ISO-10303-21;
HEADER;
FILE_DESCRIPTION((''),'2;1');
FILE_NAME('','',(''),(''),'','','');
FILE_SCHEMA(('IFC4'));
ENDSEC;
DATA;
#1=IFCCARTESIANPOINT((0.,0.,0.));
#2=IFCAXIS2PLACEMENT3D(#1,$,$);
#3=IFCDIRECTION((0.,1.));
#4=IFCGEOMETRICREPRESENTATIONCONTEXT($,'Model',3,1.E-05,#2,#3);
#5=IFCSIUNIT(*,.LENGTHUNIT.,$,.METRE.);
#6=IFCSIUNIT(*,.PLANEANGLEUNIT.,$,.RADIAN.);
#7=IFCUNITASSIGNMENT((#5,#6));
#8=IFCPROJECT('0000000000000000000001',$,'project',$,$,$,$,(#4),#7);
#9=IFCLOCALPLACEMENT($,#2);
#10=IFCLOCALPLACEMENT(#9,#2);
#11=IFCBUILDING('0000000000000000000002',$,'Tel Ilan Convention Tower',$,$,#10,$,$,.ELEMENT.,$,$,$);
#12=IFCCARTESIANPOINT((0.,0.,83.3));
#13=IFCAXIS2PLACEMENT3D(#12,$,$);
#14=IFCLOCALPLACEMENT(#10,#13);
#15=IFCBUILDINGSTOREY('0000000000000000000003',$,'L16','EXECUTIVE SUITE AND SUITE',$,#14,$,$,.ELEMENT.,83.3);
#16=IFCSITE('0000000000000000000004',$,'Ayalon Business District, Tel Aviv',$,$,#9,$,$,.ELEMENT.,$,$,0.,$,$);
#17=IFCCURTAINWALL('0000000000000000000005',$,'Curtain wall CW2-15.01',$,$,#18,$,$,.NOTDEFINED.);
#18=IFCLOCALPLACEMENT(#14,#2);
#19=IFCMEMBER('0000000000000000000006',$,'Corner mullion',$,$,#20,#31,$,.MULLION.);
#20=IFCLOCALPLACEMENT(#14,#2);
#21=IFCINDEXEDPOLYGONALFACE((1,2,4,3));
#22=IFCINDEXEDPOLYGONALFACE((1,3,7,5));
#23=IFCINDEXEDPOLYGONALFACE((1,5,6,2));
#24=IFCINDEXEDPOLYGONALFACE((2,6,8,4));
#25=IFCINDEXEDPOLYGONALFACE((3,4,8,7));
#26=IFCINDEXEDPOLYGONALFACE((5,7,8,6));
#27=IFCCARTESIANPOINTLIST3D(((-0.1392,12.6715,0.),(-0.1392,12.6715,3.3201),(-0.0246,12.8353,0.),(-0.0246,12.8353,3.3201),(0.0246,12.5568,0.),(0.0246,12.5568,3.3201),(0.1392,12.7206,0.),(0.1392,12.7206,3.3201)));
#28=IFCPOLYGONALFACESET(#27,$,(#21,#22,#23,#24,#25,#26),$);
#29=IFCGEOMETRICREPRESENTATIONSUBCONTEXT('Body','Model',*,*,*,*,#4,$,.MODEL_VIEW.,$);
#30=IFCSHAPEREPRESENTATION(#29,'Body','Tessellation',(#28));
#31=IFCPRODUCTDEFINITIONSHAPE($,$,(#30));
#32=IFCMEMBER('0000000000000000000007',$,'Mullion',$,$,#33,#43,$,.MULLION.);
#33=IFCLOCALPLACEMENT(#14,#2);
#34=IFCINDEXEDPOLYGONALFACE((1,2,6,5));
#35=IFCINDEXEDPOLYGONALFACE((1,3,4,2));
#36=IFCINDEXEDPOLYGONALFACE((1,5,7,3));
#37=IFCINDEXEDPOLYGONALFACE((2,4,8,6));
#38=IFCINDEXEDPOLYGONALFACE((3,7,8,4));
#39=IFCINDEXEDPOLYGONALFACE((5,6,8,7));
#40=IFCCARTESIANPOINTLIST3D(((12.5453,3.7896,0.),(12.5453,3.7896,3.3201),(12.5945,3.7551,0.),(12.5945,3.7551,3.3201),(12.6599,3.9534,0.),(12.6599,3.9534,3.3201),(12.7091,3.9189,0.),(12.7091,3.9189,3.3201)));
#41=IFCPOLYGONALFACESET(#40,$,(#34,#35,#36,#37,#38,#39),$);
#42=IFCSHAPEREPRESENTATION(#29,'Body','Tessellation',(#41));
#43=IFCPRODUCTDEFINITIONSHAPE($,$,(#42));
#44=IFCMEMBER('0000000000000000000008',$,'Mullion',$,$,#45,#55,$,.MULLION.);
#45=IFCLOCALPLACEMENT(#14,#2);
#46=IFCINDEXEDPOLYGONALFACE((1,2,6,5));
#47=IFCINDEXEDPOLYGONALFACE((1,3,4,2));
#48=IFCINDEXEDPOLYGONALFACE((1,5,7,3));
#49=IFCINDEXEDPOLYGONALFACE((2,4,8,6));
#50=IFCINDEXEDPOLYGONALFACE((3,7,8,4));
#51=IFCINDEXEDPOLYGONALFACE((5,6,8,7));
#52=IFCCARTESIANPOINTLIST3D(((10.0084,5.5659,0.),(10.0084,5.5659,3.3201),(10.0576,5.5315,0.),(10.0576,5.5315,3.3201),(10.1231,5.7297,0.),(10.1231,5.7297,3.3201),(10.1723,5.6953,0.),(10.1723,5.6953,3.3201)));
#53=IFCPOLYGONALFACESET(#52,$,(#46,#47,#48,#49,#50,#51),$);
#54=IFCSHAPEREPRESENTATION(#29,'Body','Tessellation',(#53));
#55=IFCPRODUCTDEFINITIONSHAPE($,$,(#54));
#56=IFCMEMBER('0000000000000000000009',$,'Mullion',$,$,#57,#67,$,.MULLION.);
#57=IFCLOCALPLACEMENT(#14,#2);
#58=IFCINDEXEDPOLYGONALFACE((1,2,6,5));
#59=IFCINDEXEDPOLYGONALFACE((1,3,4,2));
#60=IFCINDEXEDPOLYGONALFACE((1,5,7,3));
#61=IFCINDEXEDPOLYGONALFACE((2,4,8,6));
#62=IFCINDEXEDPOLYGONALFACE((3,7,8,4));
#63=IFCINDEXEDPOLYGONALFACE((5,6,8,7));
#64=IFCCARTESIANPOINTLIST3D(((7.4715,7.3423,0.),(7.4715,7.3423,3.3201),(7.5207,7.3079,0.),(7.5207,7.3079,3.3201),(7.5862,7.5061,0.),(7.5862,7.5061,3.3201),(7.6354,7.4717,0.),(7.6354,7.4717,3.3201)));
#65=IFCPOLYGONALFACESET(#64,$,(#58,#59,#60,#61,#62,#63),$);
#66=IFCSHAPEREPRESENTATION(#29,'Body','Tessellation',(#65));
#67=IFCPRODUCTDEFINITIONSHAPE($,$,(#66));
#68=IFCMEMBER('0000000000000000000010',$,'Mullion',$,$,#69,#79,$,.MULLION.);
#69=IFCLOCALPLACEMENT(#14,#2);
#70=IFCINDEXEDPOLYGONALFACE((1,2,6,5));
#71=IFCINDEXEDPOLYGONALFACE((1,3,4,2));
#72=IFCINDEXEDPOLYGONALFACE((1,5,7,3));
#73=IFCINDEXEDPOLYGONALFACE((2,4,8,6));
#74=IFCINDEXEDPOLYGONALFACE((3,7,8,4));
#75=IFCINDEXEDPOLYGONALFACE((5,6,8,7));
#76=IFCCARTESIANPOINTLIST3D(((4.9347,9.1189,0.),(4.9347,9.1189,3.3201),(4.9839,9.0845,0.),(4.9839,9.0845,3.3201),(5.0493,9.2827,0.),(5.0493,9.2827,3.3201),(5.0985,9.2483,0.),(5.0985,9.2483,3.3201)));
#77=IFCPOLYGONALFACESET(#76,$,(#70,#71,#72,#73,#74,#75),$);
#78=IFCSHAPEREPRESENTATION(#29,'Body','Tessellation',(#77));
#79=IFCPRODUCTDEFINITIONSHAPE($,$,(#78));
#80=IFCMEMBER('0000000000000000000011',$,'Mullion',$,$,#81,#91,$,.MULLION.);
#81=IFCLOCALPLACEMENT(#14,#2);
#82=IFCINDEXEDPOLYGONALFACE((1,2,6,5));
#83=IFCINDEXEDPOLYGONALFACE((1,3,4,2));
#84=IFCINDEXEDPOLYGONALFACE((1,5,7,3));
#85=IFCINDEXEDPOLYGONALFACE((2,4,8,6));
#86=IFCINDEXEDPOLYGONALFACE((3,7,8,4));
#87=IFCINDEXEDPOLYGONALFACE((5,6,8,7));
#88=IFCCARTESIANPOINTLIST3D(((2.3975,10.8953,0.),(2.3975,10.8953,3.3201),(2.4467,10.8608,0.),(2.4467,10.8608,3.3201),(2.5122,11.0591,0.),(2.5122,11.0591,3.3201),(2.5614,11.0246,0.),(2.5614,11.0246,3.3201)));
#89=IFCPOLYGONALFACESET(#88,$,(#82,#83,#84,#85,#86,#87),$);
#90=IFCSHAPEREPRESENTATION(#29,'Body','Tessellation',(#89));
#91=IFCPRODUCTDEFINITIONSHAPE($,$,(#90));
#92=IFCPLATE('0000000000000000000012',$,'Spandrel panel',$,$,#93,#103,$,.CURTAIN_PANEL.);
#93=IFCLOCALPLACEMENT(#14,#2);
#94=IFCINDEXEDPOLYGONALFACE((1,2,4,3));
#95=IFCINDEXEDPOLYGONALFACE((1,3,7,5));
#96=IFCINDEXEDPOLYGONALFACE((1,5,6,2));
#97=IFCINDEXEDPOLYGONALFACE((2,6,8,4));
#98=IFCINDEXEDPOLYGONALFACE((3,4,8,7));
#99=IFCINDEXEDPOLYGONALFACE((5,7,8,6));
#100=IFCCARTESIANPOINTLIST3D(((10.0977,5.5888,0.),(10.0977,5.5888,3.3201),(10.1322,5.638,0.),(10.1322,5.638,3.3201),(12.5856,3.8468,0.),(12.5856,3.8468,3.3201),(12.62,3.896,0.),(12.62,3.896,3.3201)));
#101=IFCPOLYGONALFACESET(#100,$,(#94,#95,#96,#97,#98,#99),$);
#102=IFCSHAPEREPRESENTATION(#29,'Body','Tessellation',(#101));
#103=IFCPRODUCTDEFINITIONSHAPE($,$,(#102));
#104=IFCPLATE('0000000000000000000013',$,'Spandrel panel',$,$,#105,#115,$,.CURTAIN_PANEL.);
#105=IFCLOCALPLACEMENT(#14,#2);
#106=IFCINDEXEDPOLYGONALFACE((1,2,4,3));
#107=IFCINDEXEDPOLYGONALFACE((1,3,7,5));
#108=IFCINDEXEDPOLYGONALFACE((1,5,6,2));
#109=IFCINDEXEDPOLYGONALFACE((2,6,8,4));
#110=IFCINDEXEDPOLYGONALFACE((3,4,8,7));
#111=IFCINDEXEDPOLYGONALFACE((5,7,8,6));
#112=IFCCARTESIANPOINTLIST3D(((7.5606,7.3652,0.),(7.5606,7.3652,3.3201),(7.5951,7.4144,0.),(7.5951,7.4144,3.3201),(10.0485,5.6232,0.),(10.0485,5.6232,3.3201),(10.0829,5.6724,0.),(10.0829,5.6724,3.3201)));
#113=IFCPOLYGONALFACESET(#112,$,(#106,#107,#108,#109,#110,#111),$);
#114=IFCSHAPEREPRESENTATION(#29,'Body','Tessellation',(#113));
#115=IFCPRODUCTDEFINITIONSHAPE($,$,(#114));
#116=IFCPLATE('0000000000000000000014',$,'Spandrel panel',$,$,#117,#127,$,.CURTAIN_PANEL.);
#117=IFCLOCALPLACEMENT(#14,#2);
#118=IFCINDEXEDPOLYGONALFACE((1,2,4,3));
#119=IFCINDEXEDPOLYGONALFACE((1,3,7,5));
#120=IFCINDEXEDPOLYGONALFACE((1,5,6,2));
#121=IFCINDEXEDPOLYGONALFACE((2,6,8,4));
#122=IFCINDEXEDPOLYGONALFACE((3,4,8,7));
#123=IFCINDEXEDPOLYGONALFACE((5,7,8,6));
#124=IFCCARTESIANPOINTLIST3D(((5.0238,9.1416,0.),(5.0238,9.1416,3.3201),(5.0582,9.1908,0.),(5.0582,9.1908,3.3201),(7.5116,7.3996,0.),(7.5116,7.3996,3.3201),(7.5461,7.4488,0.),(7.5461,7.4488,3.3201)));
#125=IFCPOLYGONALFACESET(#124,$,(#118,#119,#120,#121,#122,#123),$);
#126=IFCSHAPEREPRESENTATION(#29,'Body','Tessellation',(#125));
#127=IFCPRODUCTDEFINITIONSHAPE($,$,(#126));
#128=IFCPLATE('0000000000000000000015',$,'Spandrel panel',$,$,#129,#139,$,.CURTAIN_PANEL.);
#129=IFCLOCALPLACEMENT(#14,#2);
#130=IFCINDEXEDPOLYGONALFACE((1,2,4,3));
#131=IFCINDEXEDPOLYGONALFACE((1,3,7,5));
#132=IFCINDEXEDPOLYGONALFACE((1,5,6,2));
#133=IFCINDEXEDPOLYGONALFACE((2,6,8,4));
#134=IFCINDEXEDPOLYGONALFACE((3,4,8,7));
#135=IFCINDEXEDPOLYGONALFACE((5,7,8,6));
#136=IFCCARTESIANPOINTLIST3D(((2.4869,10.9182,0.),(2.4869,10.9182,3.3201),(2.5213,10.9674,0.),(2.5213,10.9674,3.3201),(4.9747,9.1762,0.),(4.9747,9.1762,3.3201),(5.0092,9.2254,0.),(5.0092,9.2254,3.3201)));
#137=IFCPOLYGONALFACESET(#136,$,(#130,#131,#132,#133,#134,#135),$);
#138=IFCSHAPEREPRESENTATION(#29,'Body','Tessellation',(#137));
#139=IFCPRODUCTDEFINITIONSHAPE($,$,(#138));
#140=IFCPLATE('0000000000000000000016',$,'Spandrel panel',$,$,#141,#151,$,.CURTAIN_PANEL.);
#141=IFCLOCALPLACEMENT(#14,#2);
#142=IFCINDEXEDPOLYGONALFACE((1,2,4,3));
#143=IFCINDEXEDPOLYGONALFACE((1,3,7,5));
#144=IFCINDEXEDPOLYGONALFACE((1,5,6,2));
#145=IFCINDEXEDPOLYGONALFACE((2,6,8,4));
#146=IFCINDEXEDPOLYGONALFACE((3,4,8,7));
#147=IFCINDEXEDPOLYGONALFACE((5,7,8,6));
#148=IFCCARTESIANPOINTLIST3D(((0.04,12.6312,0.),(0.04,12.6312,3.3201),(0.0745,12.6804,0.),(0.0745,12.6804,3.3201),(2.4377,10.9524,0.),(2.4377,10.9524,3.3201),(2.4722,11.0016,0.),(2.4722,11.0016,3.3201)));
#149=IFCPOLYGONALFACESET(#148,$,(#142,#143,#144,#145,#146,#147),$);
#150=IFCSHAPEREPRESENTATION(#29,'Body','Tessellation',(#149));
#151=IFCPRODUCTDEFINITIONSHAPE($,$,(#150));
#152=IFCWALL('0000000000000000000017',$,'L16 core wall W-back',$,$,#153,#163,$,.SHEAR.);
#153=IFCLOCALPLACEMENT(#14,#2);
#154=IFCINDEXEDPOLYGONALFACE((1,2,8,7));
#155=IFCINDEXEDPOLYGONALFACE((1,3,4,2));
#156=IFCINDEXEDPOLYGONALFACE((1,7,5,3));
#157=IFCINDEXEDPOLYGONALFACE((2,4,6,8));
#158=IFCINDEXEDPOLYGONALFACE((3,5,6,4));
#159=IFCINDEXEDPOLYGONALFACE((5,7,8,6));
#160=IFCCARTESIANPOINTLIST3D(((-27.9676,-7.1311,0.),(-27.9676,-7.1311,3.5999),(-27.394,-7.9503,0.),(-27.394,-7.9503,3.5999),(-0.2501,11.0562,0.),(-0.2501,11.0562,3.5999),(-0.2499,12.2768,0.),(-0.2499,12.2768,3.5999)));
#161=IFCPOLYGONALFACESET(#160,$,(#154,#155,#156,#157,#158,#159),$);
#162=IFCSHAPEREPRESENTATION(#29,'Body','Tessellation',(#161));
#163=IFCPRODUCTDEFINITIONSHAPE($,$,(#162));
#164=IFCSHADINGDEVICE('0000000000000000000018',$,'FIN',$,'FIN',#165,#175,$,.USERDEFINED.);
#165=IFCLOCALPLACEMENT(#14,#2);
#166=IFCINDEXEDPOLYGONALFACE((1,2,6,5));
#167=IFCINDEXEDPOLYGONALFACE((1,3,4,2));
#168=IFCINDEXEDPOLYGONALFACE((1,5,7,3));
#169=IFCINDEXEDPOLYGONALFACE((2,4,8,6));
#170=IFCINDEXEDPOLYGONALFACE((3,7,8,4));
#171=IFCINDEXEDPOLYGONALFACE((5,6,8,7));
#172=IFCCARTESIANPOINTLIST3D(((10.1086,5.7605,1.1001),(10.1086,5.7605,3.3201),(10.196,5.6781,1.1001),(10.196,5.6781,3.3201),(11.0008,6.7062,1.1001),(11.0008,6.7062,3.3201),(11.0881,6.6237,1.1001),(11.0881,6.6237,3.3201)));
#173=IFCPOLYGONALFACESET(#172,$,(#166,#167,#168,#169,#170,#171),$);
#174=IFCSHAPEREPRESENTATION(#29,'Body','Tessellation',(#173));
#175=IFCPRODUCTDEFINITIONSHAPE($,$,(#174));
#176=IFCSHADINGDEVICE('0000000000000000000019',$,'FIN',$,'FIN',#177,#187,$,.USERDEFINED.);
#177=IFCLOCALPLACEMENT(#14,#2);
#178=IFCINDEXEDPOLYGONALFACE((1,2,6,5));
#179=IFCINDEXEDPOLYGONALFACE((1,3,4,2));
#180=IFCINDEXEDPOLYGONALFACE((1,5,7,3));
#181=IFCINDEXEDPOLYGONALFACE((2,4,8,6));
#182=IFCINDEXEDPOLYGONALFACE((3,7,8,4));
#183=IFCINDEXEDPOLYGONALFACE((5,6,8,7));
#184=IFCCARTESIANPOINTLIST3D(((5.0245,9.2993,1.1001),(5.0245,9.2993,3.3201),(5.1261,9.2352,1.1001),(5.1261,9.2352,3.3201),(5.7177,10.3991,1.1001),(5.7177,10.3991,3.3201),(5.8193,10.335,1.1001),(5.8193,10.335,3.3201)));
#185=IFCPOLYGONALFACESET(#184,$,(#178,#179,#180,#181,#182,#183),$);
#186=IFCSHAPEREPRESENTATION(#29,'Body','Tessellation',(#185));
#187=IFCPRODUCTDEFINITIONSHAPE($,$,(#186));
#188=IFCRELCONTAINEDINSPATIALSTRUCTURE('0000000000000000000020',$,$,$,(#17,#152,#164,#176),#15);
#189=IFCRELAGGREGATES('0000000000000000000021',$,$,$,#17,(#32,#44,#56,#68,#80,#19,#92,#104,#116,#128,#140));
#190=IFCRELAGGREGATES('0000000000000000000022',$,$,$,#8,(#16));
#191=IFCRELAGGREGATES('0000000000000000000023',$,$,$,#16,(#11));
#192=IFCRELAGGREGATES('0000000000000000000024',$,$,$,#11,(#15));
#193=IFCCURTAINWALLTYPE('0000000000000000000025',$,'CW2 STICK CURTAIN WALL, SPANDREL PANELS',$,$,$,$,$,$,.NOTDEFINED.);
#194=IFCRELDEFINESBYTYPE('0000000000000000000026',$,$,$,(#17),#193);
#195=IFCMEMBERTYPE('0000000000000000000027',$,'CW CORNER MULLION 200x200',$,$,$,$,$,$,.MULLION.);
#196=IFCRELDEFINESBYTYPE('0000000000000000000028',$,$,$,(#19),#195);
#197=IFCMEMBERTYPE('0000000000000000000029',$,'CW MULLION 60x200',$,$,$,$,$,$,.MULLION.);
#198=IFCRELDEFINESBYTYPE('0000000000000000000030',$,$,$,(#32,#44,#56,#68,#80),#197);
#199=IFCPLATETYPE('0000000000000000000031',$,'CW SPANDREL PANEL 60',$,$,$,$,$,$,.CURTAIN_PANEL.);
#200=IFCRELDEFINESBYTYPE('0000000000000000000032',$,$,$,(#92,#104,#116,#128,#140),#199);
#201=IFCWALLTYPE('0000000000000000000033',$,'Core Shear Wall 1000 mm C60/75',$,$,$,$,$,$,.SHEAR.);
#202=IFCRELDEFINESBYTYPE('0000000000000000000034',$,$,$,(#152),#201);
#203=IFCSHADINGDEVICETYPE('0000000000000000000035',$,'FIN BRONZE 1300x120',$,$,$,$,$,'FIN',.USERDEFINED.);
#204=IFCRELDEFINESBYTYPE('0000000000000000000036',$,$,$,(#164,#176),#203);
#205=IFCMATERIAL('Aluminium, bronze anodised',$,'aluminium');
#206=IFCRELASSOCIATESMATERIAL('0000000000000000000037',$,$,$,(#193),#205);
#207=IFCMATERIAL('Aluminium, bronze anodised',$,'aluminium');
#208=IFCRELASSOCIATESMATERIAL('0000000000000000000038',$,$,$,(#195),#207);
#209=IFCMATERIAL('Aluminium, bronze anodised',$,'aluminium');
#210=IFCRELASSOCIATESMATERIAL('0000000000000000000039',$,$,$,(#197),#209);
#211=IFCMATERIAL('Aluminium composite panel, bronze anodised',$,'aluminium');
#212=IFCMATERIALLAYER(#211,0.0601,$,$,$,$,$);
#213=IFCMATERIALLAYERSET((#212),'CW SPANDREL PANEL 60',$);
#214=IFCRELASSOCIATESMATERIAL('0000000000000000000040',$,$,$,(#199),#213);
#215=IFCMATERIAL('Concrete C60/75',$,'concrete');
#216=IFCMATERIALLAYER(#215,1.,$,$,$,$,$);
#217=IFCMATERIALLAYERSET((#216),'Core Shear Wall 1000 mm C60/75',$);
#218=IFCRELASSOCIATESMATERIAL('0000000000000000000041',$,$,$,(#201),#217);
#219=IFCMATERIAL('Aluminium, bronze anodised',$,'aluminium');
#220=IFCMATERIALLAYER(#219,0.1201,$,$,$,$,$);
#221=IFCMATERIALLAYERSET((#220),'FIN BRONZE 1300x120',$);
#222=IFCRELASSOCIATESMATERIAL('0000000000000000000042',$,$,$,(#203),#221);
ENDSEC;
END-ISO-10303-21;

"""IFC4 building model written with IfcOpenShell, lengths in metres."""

from ifc_helpers import new_model, si_unit, direction, frame, origin, origin_2d, place, context, subcontext, project, spatial, polyline, rectangle, outline, extrude, material, layer, layer_set, material_profile, profile_set, type_object, element, aggregate, save


model = new_model("IFC4")

# Units and contexts
model_context = context("Model", 3, precision=1e-05, world=origin(), true_north=direction((0.0, 1.0)))
body_context = subcontext(model_context, "Body", "Model", "MODEL_VIEW")
ifc_project = project(units=[si_unit("LENGTHUNIT", "METRE"), si_unit("PLANEANGLEUNIT", "RADIAN")], contexts=[model_context])

# Site, building, storey
site_placement = place(None, origin())
site = spatial("IfcSite", under=ifc_project, at=site_placement, Name="Ayalon Business District, Tel Aviv", CompositionType="ELEMENT", RefElevation=0.0)
building_placement = place(site_placement, origin())
building = spatial("IfcBuilding", under=site, at=building_placement, Name="Tel Ilan Convention Tower", CompositionType="ELEMENT")
storey_placement = place(building_placement, frame((0.0, 0.0, 83.3)))
storey = spatial("IfcBuildingStorey", under=building, at=storey_placement, Name="L16", Description="EXECUTIVE SUITE AND SUITE", CompositionType="ELEMENT", Elevation=83.3)

# Curtain wall, members, plates
ifc_material_1 = material(Name="Aluminium, bronze anodised", Category="aluminium")
curtain_wall_type = type_object("IfcCurtainWallType", Name="CW2 STICK CURTAIN WALL, SPANDREL PANELS", PredefinedType="NOTDEFINED", material=ifc_material_1)
curtain_wall_placement = place(storey_placement, origin())
curtain_wall = element("IfcCurtainWall", 1, at=curtain_wall_placement, inside=storey, type_object=curtain_wall_type, Name="Curtain wall CW2-15.01", PredefinedType="NOTDEFINED")
ifc_material_2 = material(Name="Aluminium, bronze anodised", Category="aluminium")
ifc_material_profile_1 = material_profile(ifc_material_2, rectangle(XDim=0.2, YDim=0.2, at=origin_2d()), Name="CW CORNER MULLION 200x200")
ifc_profile_set_1 = profile_set([ifc_material_profile_1], Name="Aluminium, bronze anodised")
member_type_1 = type_object("IfcMemberType", Name="CW CORNER MULLION 200x200", PredefinedType="MULLION", material=ifc_profile_set_1)
member_1_placement = place(storey_placement, frame((0.0, 12.696, 0.0), z_axis=(0.0, 0.0, 1.0), x_axis=(-0.819152, 0.573576, 0.0)))
member_1 = element("IfcMember", 2, at=member_1_placement, type_object=member_type_1, Name="Corner mullion", PredefinedType="MULLION", context=body_context, shape_type="SweptSolid", body=[
    extrude(rectangle(XDim=0.2, YDim=0.2, at=origin_2d()), origin(), (0.0, 0.0, 1.0), 3.3201),
])
ifc_material_3 = material(Name="Aluminium, bronze anodised", Category="aluminium")
ifc_material_profile_2 = material_profile(ifc_material_3, rectangle(XDim=0.0601, YDim=0.2, at=origin_2d()), Name="CW MULLION 60x200")
ifc_profile_set_2 = profile_set([ifc_material_profile_2], Name="Aluminium, bronze anodised")
member_type_2 = type_object("IfcMemberType", Name="CW MULLION 60x200", PredefinedType="MULLION", material=ifc_profile_set_2)
member_2_placement = place(storey_placement, frame((12.6272, 3.8542, 0.0), z_axis=(0.0, 0.0, 1.0), x_axis=(-0.819152, 0.573576, 0.0)))
member_2 = element("IfcMember", 3, at=member_2_placement, type_object=member_type_2, Name="Mullion", PredefinedType="MULLION", context=body_context, shape_type="SweptSolid", body=[
    extrude(rectangle(XDim=0.0601, YDim=0.2, at=origin_2d()), origin(), (0.0, 0.0, 1.0), 3.3201),
])
member_3_placement = place(storey_placement, frame((10.0903, 5.6306, 0.0), z_axis=(0.0, 0.0, 1.0), x_axis=(-0.819152, 0.573576, 0.0)))
member_3 = element("IfcMember", 4, at=member_3_placement, type_object=member_type_2, Name="Mullion", PredefinedType="MULLION", context=body_context, shape_type="SweptSolid", body=[
    extrude(rectangle(XDim=0.0601, YDim=0.2, at=origin_2d()), origin(), (0.0, 0.0, 1.0), 3.3201),
])
member_4_placement = place(storey_placement, frame((7.5535, 7.407, 0.0), z_axis=(0.0, 0.0, 1.0), x_axis=(-0.819152, 0.573576, 0.0)))
member_4 = element("IfcMember", 5, at=member_4_placement, type_object=member_type_2, Name="Mullion", PredefinedType="MULLION", context=body_context, shape_type="SweptSolid", body=[
    extrude(rectangle(XDim=0.0601, YDim=0.2, at=origin_2d()), origin(), (0.0, 0.0, 1.0), 3.3201),
])
member_5_placement = place(storey_placement, frame((5.0166, 9.1836, 0.0), z_axis=(0.0, 0.0, 1.0), x_axis=(-0.819152, 0.573576, 0.0)))
member_5 = element("IfcMember", 6, at=member_5_placement, type_object=member_type_2, Name="Mullion", PredefinedType="MULLION", context=body_context, shape_type="SweptSolid", body=[
    extrude(rectangle(XDim=0.0601, YDim=0.2, at=origin_2d()), origin(), (0.0, 0.0, 1.0), 3.3201),
])
member_6_placement = place(storey_placement, frame((2.4795, 10.96, 0.0), z_axis=(0.0, 0.0, 1.0), x_axis=(-0.819152, 0.573576, 0.0)))
member_6 = element("IfcMember", 7, at=member_6_placement, type_object=member_type_2, Name="Mullion", PredefinedType="MULLION", context=body_context, shape_type="SweptSolid", body=[
    extrude(rectangle(XDim=0.0601, YDim=0.2, at=origin_2d()), origin(), (0.0, 0.0, 1.0), 3.3201),
])
ifc_material_4 = material(Name="Aluminium composite panel, bronze anodised", Category="aluminium")
ifc_layer_1 = layer(ifc_material_4, 0.0601)
ifc_layer_set_1 = layer_set([ifc_layer_1], Name="CW SPANDREL PANEL 60")
plate_type = type_object("IfcPlateType", Name="CW SPANDREL PANEL 60", PredefinedType="CURTAIN_PANEL", material=ifc_layer_set_1)
plate_1_placement = place(storey_placement, frame((11.3589, 4.7424, 0.0), z_axis=(0.0, 0.0, 1.0), x_axis=(-0.819152, 0.573576, 0.0)))
plate_1 = element("IfcPlate", 8, at=plate_1_placement, type_object=plate_type, Name="Spandrel panel", PredefinedType="CURTAIN_PANEL", context=body_context, shape_type="SweptSolid", body=[
    extrude(rectangle(XDim=3.0371, YDim=0.0601, at=origin_2d()), origin(), (0.0, 0.0, 1.0), 3.3201),
])
plate_2_placement = place(storey_placement, frame((8.8218, 6.5188, 0.0), z_axis=(0.0, 0.0, 1.0), x_axis=(-0.819152, 0.573576, 0.0)))
plate_2 = element("IfcPlate", 9, at=plate_2_placement, type_object=plate_type, Name="Spandrel panel", PredefinedType="CURTAIN_PANEL", context=body_context, shape_type="SweptSolid", body=[
    extrude(rectangle(XDim=3.0371, YDim=0.0601, at=origin_2d()), origin(), (0.0, 0.0, 1.0), 3.3201),
])
plate_3_placement = place(storey_placement, frame((6.2849, 8.2952, 0.0), z_axis=(0.0, 0.0, 1.0), x_axis=(-0.819152, 0.573576, 0.0)))
plate_3 = element("IfcPlate", 10, at=plate_3_placement, type_object=plate_type, Name="Spandrel panel", PredefinedType="CURTAIN_PANEL", context=body_context, shape_type="SweptSolid", body=[
    extrude(rectangle(XDim=3.0371, YDim=0.0601, at=origin_2d()), origin(), (0.0, 0.0, 1.0), 3.3201),
])
plate_4_placement = place(storey_placement, frame((3.748, 10.0718, 0.0), z_axis=(0.0, 0.0, 1.0), x_axis=(-0.819152, 0.573576, 0.0)))
plate_4 = element("IfcPlate", 11, at=plate_4_placement, type_object=plate_type, Name="Spandrel panel", PredefinedType="CURTAIN_PANEL", context=body_context, shape_type="SweptSolid", body=[
    extrude(rectangle(XDim=3.0371, YDim=0.0601, at=origin_2d()), origin(), (0.0, 0.0, 1.0), 3.3201),
])
plate_5_placement = place(storey_placement, frame((1.2561, 11.8164, 0.0), z_axis=(0.0, 0.0, 1.0), x_axis=(-0.819152, 0.573576, 0.0)))
plate_5 = element("IfcPlate", 12, at=plate_5_placement, type_object=plate_type, Name="Spandrel panel", PredefinedType="CURTAIN_PANEL", context=body_context, shape_type="SweptSolid", body=[
    extrude(rectangle(XDim=2.927, YDim=0.0601, at=origin_2d()), origin(), (0.0, 0.0, 1.0), 3.3201),
])
aggregate(curtain_wall, [member_2, member_3, member_4, member_5, member_6, member_1, plate_1, plate_2, plate_3, plate_4, plate_5])

# Wall
ifc_material_5 = material(Name="Concrete C60/75", Category="concrete")
ifc_layer_2 = layer(ifc_material_5, 1.0)
ifc_layer_set_2 = layer_set([ifc_layer_2], Name="Core Shear Wall 1000 mm C60/75")
wall_type = type_object("IfcWallType", Name="Core Shear Wall 1000 mm C60/75", PredefinedType="SHEAR", material=ifc_layer_set_2)
wall_placement = place(storey_placement, frame((0.0369, 11.8672, 0.0), z_axis=(0.0, 0.0, 1.0), x_axis=(-0.819155, -0.573572, 0.0)))
element("IfcWall", 13, at=wall_placement, inside=storey, type_object=wall_type, Name="L16 core wall W-back", PredefinedType="SHEAR", context=body_context, shape_type="SweptSolid", body=[
    extrude(outline(polyline([(33.8369, 0.5), (0.7002, 0.4998), (0.0, -0.5), (33.8369, -0.5), (33.8369, 0.5)])), origin(), (0.0, 0.0, 1.0), 3.5999),
])

# Shading devices
ifc_material_6 = material(Name="Aluminium, bronze anodised", Category="aluminium")
ifc_layer_3 = layer(ifc_material_6, 0.1201)
ifc_layer_set_3 = layer_set([ifc_layer_3], Name="FIN BRONZE 1300x120")
shading_device_type = type_object("IfcShadingDeviceType", Name="FIN BRONZE 1300x120", ElementType="FIN", PredefinedType="USERDEFINED", material=ifc_layer_set_3)
for number, where, z_axis, x_axis, name in (
    (14, (10.5984, 6.1921, 1.1001), (0.0, 0.0, 1.0), (0.686242, 0.727374, 0.0), "FIN"),
    (15, (5.4219, 9.8171, 1.1001), (0.0, 0.0, 1.0), (0.533204, 0.845986, 0.0), "FIN"),
):
    element("IfcShadingDevice", number, at=place(storey_placement, frame(where, z_axis=z_axis, x_axis=x_axis)), inside=storey, type_object=shading_device_type, Name=name, ObjectType="FIN", PredefinedType="USERDEFINED", context=body_context, shape_type="SweptSolid", body=[
        extrude(rectangle(XDim=1.3, YDim=0.1201, at=origin_2d()), origin(), (0.0, 0.0, 1.0), 2.22),
    ])

save(model, "model.ifc")
